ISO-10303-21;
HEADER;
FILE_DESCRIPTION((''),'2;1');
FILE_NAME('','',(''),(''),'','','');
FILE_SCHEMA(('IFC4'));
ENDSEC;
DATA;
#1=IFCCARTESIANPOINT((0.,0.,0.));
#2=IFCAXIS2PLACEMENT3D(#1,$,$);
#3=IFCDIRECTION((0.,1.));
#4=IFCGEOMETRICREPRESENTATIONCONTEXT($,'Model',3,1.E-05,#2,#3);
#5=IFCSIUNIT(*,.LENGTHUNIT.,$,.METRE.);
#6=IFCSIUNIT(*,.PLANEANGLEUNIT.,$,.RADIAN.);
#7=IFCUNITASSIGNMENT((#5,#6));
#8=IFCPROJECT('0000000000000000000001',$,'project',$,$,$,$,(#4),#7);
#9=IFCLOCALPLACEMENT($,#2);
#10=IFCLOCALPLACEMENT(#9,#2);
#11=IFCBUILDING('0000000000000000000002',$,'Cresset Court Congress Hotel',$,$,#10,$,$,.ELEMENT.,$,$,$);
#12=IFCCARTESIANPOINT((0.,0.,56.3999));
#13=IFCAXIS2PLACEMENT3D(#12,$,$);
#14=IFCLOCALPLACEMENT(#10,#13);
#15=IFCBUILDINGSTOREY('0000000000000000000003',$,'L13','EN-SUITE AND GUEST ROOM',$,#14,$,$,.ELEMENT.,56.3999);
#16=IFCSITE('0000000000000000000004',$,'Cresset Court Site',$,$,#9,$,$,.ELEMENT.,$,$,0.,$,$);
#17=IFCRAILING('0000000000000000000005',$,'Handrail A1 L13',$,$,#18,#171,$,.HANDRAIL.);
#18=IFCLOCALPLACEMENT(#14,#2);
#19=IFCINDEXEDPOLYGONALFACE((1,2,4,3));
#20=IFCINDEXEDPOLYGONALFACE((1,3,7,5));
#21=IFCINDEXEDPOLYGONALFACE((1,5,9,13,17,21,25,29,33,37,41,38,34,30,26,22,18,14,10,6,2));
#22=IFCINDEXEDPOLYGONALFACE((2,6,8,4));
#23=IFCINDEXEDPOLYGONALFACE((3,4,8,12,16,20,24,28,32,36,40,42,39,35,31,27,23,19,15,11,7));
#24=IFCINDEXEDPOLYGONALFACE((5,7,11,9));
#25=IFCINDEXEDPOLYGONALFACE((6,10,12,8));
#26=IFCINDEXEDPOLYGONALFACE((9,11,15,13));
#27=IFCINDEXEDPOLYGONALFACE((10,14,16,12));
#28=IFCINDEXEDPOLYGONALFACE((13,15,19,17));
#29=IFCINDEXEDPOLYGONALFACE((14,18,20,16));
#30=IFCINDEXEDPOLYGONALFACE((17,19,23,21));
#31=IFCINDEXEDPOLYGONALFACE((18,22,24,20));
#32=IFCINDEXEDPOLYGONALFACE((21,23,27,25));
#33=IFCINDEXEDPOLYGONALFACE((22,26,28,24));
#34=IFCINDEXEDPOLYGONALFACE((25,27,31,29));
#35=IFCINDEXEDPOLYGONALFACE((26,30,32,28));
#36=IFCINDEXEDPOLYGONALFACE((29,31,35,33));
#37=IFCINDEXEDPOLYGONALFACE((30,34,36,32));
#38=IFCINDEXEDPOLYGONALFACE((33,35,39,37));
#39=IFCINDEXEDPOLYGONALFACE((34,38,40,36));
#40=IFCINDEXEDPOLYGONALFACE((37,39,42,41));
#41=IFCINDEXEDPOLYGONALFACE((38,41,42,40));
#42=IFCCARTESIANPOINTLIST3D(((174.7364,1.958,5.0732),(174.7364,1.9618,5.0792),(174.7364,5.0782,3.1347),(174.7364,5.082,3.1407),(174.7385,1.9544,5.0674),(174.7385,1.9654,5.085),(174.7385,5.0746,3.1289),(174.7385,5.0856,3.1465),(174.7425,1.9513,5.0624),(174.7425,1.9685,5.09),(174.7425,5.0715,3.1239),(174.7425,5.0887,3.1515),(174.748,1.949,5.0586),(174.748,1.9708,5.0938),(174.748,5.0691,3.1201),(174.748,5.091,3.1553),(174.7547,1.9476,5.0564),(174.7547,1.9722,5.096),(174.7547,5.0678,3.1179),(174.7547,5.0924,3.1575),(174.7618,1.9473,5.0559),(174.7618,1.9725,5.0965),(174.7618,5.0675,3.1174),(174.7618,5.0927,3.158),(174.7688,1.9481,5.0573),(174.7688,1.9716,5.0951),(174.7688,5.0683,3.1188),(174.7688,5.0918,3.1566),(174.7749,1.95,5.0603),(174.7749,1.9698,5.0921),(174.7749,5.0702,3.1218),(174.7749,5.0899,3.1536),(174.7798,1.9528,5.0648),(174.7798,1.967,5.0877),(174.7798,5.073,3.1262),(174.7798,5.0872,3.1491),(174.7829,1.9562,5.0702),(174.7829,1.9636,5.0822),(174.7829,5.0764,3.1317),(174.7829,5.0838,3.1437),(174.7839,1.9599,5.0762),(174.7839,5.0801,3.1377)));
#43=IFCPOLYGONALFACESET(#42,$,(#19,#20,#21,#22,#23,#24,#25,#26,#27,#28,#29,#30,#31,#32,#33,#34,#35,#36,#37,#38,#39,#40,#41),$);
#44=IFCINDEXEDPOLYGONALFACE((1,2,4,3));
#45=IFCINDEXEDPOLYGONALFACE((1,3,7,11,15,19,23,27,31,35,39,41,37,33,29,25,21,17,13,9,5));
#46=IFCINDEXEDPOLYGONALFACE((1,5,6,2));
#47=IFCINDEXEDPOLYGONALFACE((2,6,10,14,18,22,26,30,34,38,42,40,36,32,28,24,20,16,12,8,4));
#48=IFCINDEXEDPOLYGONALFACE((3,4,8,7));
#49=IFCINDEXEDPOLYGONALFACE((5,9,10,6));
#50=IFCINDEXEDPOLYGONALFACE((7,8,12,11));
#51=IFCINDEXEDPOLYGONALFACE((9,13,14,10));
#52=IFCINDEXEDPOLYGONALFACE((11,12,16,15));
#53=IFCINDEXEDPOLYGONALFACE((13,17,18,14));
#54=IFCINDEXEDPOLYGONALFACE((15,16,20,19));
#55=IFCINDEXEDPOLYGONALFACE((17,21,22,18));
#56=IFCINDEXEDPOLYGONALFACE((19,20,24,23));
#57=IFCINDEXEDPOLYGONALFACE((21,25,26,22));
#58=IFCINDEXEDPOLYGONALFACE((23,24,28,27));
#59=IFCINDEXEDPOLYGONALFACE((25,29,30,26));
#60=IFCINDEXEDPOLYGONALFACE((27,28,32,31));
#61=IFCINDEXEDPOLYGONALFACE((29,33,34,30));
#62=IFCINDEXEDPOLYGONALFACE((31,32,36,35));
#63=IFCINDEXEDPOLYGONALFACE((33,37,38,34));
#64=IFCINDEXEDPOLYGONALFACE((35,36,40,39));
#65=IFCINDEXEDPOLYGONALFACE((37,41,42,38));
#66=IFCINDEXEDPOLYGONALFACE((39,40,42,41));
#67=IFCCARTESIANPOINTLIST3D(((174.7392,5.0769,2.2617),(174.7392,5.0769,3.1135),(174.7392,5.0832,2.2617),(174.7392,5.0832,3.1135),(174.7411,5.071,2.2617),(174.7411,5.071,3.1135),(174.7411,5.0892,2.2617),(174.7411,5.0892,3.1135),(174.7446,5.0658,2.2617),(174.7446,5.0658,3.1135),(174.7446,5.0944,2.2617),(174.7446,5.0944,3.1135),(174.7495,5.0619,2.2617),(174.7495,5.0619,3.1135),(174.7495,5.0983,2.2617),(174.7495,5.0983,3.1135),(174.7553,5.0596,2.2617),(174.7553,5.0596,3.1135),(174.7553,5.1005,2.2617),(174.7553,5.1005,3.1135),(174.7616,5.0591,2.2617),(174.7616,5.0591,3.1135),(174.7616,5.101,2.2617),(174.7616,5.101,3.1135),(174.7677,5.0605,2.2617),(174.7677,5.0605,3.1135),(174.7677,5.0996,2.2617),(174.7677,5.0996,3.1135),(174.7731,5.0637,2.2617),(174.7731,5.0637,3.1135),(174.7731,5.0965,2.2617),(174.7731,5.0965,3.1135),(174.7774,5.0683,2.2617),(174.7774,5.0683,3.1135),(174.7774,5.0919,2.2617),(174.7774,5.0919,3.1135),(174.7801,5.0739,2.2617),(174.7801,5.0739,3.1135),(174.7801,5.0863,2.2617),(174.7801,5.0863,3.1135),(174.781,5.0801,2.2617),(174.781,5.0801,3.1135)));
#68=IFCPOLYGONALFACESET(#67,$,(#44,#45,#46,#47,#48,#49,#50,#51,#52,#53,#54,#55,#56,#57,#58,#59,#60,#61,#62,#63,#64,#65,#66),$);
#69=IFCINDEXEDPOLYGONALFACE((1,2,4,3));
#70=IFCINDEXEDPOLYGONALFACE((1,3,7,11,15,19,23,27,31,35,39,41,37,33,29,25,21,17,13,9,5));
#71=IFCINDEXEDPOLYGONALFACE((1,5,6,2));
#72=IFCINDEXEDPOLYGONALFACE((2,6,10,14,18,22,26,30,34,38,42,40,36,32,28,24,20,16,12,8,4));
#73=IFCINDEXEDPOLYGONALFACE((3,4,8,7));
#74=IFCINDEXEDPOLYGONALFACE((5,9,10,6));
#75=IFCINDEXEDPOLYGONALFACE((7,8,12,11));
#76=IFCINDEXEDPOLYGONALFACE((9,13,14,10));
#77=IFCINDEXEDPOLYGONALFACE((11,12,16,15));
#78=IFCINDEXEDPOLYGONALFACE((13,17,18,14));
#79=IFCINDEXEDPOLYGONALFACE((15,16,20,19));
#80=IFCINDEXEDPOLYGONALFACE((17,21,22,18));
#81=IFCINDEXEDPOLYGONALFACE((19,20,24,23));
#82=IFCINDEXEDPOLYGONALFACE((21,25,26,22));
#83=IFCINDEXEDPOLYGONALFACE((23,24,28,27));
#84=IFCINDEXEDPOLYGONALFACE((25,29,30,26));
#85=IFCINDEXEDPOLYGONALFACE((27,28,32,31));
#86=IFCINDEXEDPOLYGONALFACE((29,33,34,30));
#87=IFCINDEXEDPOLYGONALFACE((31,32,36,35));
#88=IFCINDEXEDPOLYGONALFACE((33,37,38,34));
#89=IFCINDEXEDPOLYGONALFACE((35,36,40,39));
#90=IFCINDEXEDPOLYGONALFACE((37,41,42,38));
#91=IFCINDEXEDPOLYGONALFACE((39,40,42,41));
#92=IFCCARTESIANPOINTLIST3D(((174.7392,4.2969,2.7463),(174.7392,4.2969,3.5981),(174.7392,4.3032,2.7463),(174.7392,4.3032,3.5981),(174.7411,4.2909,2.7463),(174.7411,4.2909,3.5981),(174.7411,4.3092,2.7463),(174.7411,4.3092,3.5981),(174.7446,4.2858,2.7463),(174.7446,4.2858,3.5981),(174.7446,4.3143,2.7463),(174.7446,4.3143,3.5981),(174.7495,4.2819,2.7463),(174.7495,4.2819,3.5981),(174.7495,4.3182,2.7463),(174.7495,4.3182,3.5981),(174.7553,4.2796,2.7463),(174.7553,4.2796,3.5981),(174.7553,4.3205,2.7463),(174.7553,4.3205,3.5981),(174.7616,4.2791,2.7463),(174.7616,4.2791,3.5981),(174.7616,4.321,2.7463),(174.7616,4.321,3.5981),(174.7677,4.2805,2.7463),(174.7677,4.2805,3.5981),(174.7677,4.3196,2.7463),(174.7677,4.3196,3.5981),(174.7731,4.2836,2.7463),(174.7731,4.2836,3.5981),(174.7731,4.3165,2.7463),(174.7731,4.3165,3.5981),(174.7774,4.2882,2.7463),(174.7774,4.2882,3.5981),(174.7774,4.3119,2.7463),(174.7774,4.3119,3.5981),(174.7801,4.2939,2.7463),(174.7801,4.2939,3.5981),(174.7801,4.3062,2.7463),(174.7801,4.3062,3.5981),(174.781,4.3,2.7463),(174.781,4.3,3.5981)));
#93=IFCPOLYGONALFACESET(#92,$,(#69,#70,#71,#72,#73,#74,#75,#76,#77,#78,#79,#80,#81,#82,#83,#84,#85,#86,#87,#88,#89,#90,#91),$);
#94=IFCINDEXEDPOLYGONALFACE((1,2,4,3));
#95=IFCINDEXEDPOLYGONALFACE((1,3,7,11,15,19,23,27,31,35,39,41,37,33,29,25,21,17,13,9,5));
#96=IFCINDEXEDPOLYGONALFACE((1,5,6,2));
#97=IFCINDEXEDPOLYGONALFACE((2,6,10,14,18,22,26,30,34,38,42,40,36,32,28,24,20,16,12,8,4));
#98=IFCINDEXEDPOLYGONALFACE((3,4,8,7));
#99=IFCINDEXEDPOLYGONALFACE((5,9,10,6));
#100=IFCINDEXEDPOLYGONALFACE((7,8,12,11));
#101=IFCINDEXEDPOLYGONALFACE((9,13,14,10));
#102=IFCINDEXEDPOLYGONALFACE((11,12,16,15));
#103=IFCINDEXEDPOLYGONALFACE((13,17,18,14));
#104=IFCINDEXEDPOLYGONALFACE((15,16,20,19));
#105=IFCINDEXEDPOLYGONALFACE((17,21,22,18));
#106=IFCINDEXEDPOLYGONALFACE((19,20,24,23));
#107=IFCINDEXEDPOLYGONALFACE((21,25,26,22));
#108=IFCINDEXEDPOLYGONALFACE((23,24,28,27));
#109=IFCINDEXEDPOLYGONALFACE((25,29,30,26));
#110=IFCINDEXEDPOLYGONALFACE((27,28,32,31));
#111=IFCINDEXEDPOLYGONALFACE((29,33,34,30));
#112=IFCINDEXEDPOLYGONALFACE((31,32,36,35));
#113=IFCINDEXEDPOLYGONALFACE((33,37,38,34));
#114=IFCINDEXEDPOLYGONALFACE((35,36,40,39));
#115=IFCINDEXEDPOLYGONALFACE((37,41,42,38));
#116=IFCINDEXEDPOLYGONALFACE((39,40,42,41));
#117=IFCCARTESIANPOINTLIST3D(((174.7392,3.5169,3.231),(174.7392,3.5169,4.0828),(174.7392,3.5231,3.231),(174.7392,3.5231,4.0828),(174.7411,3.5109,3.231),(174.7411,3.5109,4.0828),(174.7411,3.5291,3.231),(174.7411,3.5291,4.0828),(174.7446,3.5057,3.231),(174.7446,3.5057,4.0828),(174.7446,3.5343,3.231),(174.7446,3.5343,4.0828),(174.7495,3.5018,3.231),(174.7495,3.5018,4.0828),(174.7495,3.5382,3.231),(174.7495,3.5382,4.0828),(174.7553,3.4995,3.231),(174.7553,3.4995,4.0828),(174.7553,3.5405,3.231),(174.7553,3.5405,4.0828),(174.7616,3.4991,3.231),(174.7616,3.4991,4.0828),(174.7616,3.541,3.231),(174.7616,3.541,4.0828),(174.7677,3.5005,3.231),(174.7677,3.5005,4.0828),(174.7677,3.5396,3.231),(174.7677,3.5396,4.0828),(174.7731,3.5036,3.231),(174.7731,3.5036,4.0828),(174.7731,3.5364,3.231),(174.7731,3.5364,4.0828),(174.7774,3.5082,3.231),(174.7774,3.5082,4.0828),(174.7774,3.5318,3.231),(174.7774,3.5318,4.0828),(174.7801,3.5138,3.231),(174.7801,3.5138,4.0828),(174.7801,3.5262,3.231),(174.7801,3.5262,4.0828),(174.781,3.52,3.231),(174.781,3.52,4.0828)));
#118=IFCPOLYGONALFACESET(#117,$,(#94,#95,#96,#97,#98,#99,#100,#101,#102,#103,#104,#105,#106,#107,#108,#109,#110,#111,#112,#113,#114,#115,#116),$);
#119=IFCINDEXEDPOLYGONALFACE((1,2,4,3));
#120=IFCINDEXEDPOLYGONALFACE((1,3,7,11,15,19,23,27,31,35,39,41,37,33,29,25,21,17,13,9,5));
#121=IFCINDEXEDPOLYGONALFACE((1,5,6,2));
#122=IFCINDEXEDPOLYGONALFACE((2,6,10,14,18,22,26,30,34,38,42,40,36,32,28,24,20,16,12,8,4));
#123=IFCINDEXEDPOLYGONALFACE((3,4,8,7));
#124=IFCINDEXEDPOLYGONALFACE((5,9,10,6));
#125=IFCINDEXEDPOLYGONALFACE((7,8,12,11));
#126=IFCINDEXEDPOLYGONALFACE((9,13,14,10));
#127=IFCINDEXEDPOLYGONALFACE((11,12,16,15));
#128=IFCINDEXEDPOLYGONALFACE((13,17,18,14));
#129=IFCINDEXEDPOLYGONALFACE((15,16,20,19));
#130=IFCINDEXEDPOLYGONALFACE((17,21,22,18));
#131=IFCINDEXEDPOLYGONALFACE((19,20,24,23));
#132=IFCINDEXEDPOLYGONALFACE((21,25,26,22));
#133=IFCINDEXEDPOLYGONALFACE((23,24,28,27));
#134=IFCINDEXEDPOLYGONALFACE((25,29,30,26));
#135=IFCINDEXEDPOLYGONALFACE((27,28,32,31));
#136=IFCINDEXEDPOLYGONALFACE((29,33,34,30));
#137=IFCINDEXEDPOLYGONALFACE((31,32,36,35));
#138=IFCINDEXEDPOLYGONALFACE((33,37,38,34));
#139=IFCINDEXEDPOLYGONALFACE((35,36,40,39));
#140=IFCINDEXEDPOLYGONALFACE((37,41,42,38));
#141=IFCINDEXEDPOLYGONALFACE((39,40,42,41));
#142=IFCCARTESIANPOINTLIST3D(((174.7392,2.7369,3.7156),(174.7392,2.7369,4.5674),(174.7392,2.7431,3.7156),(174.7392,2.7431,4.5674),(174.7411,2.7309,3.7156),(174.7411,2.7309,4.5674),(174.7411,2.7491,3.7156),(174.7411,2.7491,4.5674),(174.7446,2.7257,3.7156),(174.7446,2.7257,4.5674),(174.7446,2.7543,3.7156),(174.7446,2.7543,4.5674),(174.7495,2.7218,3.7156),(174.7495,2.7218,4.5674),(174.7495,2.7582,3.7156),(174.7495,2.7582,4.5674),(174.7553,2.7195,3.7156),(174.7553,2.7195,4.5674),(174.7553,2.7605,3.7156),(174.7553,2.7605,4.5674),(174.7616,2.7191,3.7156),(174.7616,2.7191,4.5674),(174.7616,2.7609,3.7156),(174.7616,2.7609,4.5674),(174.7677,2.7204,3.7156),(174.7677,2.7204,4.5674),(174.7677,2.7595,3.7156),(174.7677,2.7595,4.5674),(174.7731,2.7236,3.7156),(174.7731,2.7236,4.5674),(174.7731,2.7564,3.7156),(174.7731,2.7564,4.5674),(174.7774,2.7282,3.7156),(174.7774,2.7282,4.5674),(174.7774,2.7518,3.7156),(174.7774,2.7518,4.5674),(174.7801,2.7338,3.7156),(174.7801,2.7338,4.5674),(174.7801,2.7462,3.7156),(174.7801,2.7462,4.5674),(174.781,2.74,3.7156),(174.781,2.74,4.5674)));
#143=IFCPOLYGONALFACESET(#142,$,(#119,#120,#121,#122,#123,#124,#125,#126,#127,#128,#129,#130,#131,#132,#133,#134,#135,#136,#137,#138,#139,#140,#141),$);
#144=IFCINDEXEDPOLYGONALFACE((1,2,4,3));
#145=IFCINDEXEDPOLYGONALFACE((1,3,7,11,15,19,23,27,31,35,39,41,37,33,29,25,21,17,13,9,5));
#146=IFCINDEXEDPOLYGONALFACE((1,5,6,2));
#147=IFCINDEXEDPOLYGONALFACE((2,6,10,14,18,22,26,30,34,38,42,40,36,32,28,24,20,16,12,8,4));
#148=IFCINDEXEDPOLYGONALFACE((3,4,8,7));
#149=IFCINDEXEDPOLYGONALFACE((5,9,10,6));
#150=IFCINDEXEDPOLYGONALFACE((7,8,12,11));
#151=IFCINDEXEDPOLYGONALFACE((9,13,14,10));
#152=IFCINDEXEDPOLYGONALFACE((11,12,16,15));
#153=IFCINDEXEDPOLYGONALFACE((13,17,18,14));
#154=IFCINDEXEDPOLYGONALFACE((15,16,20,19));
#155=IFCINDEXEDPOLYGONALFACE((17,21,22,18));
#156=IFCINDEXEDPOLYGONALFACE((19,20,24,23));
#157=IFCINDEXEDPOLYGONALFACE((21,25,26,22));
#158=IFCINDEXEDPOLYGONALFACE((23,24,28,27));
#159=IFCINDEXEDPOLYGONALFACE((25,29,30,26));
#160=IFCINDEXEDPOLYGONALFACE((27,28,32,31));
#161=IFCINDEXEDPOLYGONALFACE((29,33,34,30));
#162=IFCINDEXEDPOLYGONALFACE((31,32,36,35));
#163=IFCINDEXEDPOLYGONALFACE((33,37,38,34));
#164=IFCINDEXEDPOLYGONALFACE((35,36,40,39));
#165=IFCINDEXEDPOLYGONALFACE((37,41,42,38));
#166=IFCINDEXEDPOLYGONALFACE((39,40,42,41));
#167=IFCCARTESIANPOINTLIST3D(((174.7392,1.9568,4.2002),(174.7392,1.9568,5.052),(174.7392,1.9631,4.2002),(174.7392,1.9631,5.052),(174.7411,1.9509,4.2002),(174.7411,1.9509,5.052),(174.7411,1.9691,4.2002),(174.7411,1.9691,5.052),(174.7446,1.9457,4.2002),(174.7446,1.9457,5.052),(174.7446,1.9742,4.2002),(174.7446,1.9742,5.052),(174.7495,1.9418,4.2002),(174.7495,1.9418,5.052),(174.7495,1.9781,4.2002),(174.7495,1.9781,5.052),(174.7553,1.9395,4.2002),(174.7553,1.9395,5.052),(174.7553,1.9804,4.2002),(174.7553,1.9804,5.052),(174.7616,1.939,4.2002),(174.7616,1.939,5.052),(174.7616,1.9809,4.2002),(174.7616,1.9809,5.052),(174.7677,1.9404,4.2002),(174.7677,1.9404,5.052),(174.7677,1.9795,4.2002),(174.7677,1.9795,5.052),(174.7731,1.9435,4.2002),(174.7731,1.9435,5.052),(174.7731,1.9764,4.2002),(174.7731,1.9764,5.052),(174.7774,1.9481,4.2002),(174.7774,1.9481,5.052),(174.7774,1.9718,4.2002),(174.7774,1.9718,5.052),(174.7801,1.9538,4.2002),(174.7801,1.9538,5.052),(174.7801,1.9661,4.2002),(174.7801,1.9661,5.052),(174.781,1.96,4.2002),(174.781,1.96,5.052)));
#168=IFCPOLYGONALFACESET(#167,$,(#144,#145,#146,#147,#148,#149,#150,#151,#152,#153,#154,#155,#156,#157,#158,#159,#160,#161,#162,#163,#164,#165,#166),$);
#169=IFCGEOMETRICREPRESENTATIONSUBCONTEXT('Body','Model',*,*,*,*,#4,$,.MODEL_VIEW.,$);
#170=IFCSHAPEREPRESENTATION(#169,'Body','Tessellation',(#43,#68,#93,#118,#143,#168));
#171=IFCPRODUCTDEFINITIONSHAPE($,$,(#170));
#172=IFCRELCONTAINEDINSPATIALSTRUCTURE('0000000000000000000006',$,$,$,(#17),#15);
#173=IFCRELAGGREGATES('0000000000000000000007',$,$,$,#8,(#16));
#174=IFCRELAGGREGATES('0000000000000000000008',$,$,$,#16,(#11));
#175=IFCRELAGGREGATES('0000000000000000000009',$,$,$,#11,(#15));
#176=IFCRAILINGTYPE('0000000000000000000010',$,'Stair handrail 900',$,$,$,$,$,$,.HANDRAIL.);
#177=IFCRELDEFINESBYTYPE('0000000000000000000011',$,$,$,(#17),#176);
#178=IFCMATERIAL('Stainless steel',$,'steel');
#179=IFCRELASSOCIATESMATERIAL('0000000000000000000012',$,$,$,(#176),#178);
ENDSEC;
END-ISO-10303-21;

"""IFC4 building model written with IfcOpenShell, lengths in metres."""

from ifc_helpers import new_model, si_unit, direction, frame, origin, origin_2d, place, context, subcontext, project, spatial, circle, extrude, material, type_object, element, save


model = new_model("IFC4")

# Units and contexts
model_context = context("Model", 3, precision=1e-05, world=origin(), true_north=direction((0.0, 1.0)))
body_context = subcontext(model_context, "Body", "Model", "MODEL_VIEW")
ifc_project = project(units=[si_unit("LENGTHUNIT", "METRE"), si_unit("PLANEANGLEUNIT", "RADIAN")], contexts=[model_context])

# Site, building, storey
site_placement = place(None, origin())
site = spatial("IfcSite", under=ifc_project, at=site_placement, Name="Cresset Court Site", CompositionType="ELEMENT", RefElevation=0.0)
building_placement = place(site_placement, origin())
building = spatial("IfcBuilding", under=site, at=building_placement, Name="Cresset Court Congress Hotel", CompositionType="ELEMENT")
storey_placement = place(building_placement, frame((0.0, 0.0, 56.3999)))
storey = spatial("IfcBuildingStorey", under=building, at=storey_placement, Name="L13", Description="EN-SUITE AND GUEST ROOM", CompositionType="ELEMENT", Elevation=56.3999)

# Railing
ifc_material_1 = material(Name="Stainless steel", Category="steel")
railing_type_1 = type_object("IfcRailingType", Name="Stair handrail 900", PredefinedType="HANDRAIL", material=ifc_material_1)
for number, where, name in (
    (1, (174.76, 5.0801, 2.2617), "Handrail A1 L13"),
):
    element("IfcRailing", number, at=place(storey_placement, frame(where)), inside=storey, type_object=railing_type_1, Name=name, PredefinedType="HANDRAIL", context=body_context, shape_type="SweptSolid", body=[
        extrude(circle(Radius=0.0239, at=origin_2d()), frame((0.0, 0.0, 0.876), z_axis=(0.0, -0.849414, 0.527727), x_axis=(1.0, 0.0, 0.0)), (0.0, 0.0, 1.0), 3.6733),
        extrude(circle(Radius=0.021, at=origin_2d()), origin(), (0.0, 0.0, 1.0), 0.8518),
        extrude(circle(Radius=0.021, at=origin_2d()), frame((0.0, -0.78, 0.4846)), (0.0, 0.0, 1.0), 0.8518),
        extrude(circle(Radius=0.021, at=origin_2d()), frame((0.0, -1.5601, 0.9692)), (0.0, 0.0, 1.0), 0.8518),
        extrude(circle(Radius=0.021, at=origin_2d()), frame((0.0, -2.3401, 1.4539)), (0.0, 0.0, 1.0), 0.8518),
        extrude(circle(Radius=0.021, at=origin_2d()), frame((0.0, -3.1201, 1.9385)), (0.0, 0.0, 1.0), 0.8518),
    ])

save(model, "model.ifc")
